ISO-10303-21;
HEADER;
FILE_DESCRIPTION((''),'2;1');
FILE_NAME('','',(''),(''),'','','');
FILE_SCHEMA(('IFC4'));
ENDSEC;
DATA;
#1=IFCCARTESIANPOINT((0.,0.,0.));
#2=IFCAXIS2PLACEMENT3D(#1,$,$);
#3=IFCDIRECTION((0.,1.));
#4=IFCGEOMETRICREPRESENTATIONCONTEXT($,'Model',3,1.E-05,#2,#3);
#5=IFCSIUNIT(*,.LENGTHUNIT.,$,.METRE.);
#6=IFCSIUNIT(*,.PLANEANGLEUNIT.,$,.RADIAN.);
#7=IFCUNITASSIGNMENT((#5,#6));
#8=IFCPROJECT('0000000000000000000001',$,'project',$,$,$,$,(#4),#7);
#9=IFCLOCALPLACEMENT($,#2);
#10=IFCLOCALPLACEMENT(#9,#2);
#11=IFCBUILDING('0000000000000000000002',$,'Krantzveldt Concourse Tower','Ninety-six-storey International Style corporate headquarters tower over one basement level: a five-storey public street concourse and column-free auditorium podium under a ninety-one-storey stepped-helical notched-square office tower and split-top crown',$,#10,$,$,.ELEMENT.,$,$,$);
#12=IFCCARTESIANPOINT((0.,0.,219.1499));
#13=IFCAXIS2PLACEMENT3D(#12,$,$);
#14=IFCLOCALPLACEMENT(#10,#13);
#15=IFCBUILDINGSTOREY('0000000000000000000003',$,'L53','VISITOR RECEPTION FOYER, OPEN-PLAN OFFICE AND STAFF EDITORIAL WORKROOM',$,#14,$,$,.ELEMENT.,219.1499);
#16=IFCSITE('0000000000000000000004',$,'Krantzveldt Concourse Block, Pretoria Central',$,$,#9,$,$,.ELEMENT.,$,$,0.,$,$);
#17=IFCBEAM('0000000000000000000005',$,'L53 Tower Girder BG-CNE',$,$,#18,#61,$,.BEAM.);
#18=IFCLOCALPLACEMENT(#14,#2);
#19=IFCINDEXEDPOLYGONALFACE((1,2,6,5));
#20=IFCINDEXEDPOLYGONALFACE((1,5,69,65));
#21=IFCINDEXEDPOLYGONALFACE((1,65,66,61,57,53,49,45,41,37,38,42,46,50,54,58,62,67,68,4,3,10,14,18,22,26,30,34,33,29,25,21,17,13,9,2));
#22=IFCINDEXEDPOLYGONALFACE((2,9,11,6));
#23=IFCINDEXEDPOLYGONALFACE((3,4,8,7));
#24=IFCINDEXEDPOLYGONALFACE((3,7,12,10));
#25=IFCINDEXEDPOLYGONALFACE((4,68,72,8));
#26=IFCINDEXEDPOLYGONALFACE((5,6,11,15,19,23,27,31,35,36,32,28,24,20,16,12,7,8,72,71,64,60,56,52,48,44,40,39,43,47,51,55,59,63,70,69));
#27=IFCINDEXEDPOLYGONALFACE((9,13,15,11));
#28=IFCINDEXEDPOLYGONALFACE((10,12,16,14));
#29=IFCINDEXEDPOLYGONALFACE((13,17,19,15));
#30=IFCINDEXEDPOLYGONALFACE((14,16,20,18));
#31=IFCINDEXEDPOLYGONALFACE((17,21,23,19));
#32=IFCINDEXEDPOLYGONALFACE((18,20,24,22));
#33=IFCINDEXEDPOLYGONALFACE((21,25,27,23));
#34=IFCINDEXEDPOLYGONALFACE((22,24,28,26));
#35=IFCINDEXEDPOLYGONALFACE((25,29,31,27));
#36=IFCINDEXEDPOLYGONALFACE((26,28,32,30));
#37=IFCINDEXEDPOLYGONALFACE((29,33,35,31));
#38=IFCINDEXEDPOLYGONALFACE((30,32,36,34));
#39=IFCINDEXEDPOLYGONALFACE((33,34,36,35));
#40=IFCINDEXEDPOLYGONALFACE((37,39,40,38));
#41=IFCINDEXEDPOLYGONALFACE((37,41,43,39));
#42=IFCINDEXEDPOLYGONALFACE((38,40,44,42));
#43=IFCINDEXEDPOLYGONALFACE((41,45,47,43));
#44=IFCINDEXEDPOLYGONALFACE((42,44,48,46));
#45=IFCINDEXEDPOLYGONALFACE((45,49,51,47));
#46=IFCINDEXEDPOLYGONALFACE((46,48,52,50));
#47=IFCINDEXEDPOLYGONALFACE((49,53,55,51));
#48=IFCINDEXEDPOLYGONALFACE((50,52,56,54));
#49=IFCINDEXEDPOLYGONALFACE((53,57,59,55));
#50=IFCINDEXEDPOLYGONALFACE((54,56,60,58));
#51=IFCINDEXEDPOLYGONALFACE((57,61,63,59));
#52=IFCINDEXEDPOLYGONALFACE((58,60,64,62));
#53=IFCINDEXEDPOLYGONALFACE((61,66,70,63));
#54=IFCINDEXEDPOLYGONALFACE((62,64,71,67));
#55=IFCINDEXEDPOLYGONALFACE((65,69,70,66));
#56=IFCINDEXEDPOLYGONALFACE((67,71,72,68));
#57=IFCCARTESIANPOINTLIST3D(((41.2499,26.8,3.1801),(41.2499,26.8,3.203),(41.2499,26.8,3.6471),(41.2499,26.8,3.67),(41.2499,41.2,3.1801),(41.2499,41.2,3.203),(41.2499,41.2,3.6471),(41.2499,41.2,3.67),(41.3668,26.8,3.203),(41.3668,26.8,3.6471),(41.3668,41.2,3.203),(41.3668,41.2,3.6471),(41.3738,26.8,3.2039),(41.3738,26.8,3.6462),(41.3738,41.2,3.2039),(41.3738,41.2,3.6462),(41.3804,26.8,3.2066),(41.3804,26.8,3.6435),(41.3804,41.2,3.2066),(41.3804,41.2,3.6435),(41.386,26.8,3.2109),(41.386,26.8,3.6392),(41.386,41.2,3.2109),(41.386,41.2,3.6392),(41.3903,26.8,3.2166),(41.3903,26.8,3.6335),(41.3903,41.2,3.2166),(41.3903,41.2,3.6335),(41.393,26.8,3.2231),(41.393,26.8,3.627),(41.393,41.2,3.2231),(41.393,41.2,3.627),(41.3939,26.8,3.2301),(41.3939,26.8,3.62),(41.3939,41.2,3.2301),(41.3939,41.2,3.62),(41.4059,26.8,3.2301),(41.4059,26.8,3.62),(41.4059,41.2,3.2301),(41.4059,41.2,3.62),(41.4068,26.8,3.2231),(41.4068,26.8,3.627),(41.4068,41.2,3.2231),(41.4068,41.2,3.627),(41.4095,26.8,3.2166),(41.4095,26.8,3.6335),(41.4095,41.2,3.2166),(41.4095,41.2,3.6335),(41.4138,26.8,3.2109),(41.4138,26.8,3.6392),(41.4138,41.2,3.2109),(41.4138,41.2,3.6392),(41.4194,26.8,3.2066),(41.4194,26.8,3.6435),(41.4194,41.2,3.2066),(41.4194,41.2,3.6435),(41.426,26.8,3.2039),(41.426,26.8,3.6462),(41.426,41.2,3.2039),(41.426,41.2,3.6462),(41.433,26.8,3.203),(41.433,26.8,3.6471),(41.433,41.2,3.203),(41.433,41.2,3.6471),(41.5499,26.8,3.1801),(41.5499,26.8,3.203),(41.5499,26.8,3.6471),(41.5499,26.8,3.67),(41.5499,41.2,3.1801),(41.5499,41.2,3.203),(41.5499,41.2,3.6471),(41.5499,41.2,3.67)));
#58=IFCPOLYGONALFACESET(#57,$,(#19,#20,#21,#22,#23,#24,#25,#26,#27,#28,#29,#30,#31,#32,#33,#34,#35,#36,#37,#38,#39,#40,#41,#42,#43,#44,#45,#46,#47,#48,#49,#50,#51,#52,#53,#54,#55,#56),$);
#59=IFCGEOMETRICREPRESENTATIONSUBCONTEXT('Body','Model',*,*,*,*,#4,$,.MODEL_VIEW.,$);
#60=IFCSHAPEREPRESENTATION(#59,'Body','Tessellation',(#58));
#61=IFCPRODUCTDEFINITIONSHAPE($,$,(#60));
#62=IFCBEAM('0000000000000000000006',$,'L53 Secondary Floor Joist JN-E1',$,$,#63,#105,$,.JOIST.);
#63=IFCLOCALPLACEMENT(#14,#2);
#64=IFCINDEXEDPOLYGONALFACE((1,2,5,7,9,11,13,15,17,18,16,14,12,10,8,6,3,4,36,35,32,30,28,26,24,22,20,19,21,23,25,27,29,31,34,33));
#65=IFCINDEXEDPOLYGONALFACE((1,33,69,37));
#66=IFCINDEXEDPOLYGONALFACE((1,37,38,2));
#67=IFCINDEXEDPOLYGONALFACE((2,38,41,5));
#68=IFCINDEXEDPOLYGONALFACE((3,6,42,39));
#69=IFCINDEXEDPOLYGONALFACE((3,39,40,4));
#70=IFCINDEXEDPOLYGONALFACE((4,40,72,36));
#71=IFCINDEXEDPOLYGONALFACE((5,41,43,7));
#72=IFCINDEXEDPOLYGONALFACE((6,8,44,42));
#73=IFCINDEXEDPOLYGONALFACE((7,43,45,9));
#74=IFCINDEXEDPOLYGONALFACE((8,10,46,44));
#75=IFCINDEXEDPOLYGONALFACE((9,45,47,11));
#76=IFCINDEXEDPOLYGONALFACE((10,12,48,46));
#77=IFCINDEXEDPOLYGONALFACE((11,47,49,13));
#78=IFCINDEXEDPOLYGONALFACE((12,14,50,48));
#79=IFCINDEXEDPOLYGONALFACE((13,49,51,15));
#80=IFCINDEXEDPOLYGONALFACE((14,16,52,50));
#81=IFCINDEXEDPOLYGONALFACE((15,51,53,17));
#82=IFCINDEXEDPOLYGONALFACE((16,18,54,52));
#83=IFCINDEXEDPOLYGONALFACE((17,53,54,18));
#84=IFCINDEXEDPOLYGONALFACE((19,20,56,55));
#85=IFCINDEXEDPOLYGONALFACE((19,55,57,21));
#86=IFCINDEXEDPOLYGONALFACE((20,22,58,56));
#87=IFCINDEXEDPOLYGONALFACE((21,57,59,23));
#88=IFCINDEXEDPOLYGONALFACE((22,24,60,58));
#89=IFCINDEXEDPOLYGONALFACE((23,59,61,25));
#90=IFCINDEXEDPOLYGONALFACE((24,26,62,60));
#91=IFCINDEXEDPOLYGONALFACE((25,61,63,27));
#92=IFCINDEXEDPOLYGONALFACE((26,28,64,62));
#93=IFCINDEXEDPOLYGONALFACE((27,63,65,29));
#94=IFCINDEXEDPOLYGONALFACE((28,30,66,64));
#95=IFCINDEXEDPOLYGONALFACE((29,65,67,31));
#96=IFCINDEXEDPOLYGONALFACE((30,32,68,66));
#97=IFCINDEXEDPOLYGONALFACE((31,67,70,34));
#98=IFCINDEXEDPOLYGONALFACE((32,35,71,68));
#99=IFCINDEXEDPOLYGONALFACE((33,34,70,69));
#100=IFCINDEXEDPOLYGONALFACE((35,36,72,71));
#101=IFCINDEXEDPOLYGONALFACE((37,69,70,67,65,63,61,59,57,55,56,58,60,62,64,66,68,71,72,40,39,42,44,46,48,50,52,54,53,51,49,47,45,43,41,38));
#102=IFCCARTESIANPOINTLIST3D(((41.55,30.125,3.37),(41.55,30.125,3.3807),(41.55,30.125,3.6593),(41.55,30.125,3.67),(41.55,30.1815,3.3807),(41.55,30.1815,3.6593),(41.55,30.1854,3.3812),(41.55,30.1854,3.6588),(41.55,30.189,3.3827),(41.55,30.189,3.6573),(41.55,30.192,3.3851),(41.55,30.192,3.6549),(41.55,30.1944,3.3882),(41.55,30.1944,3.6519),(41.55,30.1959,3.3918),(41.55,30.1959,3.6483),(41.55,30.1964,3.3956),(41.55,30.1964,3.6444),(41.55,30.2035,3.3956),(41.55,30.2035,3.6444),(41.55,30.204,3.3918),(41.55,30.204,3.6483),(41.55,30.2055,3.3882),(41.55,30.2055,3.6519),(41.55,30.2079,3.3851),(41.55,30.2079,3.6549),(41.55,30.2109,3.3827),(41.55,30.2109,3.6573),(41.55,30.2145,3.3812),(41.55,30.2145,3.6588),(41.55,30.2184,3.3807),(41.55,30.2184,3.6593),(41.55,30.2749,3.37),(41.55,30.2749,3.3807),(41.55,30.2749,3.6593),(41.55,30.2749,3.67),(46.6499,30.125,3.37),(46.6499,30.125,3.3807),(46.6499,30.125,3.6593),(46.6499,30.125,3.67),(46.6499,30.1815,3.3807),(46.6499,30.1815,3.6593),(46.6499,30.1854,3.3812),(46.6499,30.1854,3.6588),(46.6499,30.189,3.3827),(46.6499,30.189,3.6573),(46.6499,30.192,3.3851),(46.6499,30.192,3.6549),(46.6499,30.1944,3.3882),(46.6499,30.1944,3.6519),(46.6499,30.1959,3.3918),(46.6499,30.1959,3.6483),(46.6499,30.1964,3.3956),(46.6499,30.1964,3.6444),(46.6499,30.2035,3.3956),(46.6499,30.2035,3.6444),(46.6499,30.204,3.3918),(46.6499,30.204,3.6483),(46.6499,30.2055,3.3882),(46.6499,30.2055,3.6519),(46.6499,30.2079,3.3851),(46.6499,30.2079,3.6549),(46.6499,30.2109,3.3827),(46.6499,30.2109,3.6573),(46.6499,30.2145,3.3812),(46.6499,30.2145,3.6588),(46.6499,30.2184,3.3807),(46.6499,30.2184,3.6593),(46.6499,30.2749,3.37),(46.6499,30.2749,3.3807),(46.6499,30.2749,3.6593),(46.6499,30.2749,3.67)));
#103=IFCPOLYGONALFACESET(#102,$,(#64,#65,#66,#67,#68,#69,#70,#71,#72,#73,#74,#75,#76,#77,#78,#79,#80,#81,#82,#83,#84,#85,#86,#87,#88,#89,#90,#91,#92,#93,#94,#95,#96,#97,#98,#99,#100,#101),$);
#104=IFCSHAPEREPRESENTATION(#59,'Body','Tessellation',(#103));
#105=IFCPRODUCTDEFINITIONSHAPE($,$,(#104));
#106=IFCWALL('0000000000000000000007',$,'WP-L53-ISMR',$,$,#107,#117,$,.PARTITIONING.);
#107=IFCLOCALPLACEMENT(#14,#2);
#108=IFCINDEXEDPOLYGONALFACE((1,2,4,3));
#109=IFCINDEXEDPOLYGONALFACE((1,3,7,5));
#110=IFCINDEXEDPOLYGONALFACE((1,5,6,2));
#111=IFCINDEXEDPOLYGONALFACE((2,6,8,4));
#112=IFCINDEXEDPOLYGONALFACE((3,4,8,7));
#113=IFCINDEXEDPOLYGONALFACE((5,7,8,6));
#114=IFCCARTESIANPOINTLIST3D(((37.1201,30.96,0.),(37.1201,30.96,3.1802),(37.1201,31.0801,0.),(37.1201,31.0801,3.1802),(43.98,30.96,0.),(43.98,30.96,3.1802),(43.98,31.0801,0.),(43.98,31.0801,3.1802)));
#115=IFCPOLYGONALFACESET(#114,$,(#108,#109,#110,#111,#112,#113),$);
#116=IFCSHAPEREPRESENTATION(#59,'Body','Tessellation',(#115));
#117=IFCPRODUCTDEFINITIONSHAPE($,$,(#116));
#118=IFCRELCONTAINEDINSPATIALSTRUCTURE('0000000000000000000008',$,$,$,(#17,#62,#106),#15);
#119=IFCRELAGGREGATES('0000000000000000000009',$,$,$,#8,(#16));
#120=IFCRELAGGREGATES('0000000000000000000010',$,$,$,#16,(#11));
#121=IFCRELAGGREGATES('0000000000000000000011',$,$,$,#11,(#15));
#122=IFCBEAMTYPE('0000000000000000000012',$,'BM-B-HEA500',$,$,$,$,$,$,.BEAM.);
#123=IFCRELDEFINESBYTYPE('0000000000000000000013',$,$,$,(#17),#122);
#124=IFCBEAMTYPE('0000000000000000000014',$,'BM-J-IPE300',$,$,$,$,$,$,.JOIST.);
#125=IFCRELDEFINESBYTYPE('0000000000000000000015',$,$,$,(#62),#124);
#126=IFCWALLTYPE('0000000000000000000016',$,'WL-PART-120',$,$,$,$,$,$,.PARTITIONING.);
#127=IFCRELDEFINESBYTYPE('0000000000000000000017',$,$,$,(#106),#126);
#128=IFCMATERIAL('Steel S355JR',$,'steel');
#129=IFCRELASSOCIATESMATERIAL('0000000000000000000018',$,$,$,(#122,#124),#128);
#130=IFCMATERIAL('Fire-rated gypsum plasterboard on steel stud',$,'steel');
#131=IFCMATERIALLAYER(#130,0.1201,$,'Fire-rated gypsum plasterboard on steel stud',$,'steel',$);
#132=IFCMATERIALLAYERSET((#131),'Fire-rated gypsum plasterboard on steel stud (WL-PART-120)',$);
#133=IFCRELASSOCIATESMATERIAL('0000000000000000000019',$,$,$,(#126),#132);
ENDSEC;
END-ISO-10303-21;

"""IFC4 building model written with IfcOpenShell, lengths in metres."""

from ifc_helpers import new_model, si_unit, direction, frame, frame_2d, origin, origin_2d, place, context, subcontext, project, spatial, rectangle, i_section, extrude, source, transform, mapped, material, layer, layer_set, material_profile, profile_set, type_object, type_shapes, element, save


model = new_model("IFC4")

# Units and contexts
model_context = context("Model", 3, precision=1e-05, world=origin(), true_north=direction((0.0, 1.0)))
body_context = subcontext(model_context, "Body", "Model", "MODEL_VIEW")
ifc_project = project(units=[si_unit("LENGTHUNIT", "METRE"), si_unit("PLANEANGLEUNIT", "RADIAN")], contexts=[model_context])

# Site, building, storey
site_placement = place(None, origin())
site = spatial("IfcSite", under=ifc_project, at=site_placement, Name="Krantzveldt Concourse Block, Pretoria Central", CompositionType="ELEMENT", RefElevation=0.0)
building_placement = place(site_placement, origin())
building = spatial("IfcBuilding", under=site, at=building_placement, Name="Krantzveldt Concourse Tower", Description="Ninety-six-storey International Style corporate headquarters tower over one basement level: a five-storey public street concourse and column-free auditorium podium under a ninety-one-storey stepped-helical notched-square office tower and split-top crown", CompositionType="ELEMENT")
storey_placement = place(building_placement, frame((0.0, 0.0, 219.1499)))
storey = spatial("IfcBuildingStorey", under=building, at=storey_placement, Name="L53", Description="VISITOR RECEPTION FOYER, OPEN-PLAN OFFICE AND STAFF EDITORIAL WORKROOM", CompositionType="ELEMENT", Elevation=219.1499)

# Beams
ifc_material_1 = material(Name="Steel S355JR", Category="steel")
ifc_material_profile_1 = material_profile(ifc_material_1, i_section(OverallWidth=0.3, OverallDepth=0.49, WebThickness=0.012, FlangeThickness=0.0229, FilletRadius=0.0271, at=origin_2d()), Name="Steel S355JR", Category="steel")
ifc_profile_set_1 = profile_set([ifc_material_profile_1], Name="Steel S355JR - HEA 500")
beam_type_1 = type_object("IfcBeamType", Name="BM-B-HEA500", PredefinedType="BEAM", material=ifc_profile_set_1)
shared_shape_1 = source(origin(), body_context, "Body", "SweptSolid", [
    extrude(i_section(OverallWidth=0.3, OverallDepth=0.49, WebThickness=0.012, FlangeThickness=0.0229, FilletRadius=0.0271, at=origin_2d()), origin(), (0.0, 0.0, 1.0), 14.3999),
])
type_shapes(beam_type_1, [shared_shape_1])
beam_1_placement = place(storey_placement, frame((41.3999, 26.8, 3.425), z_axis=(0.0, 1.0, 0.0), x_axis=(-1.0, 0.0, 0.0)))
element("IfcBeam", 1, at=beam_1_placement, inside=storey, type_object=beam_type_1, Name="L53 Tower Girder BG-CNE", PredefinedType="BEAM", context=body_context, shape_type="MappedRepresentation", body=[
    mapped(shared_shape_1, transform((0.0, 0.0, 0.0), x_axis=(1.0, 0.0, 0.0), y_axis=(0.0, 1.0, 0.0), z_axis=(0.0, 0.0, 1.0), scale=1.0)),
])
ifc_material_profile_2 = material_profile(ifc_material_1, i_section(OverallWidth=0.1499, OverallDepth=0.3, WebThickness=0.0071, FlangeThickness=0.0107, FilletRadius=0.0149, at=origin_2d()), Name="Steel S355JR", Category="steel")
ifc_profile_set_2 = profile_set([ifc_material_profile_2], Name="Steel S355JR - IPE 300")
beam_type_2 = type_object("IfcBeamType", Name="BM-J-IPE300", PredefinedType="JOIST", material=ifc_profile_set_2)
shared_shape_2 = source(origin(), body_context, "Body", "SweptSolid", [
    extrude(i_section(OverallWidth=0.1499, OverallDepth=0.3, WebThickness=0.0071, FlangeThickness=0.0107, FilletRadius=0.0149, at=origin_2d()), origin(), (0.0, 0.0, 1.0), 5.0999),
])
type_shapes(beam_type_2, [shared_shape_2])
beam_2_placement = place(storey_placement, frame((41.55, 30.2, 3.52), z_axis=(1.0, 0.0, 0.0), x_axis=(0.0, 1.0, 0.0)))
element("IfcBeam", 2, at=beam_2_placement, inside=storey, type_object=beam_type_2, Name="L53 Secondary Floor Joist JN-E1", PredefinedType="JOIST", context=body_context, shape_type="MappedRepresentation", body=[
    mapped(shared_shape_2, transform((0.0, 0.0, 0.0), x_axis=(1.0, 0.0, 0.0), y_axis=(0.0, 1.0, 0.0), z_axis=(0.0, 0.0, 1.0), scale=1.0)),
])

# Wall
ifc_material_2 = material(Name="Fire-rated gypsum plasterboard on steel stud", Category="steel")
ifc_layer_1 = layer(ifc_material_2, 0.1201, Name="Fire-rated gypsum plasterboard on steel stud", Category="steel")
ifc_layer_set_1 = layer_set([ifc_layer_1], Name="Fire-rated gypsum plasterboard on steel stud (WL-PART-120)")
wall_type_1 = type_object("IfcWallType", Name="WL-PART-120", PredefinedType="PARTITIONING", material=ifc_layer_set_1)
wall_1_placement = place(storey_placement, frame((37.1201, 31.02, 0.0), z_axis=(0.0, 0.0, 1.0), x_axis=(1.0, 0.0, 0.0)))
element("IfcWall", 3, at=wall_1_placement, inside=storey, type_object=wall_type_1, Name="WP-L53-ISMR", PredefinedType="PARTITIONING", context=body_context, shape_type="SweptSolid", body=[
    extrude(rectangle(XDim=6.8599, YDim=0.1201, at=frame_2d((3.4299, 0.0))), origin(), (0.0, 0.0, 1.0), 3.1802),
])

save(model, "model.ifc")
